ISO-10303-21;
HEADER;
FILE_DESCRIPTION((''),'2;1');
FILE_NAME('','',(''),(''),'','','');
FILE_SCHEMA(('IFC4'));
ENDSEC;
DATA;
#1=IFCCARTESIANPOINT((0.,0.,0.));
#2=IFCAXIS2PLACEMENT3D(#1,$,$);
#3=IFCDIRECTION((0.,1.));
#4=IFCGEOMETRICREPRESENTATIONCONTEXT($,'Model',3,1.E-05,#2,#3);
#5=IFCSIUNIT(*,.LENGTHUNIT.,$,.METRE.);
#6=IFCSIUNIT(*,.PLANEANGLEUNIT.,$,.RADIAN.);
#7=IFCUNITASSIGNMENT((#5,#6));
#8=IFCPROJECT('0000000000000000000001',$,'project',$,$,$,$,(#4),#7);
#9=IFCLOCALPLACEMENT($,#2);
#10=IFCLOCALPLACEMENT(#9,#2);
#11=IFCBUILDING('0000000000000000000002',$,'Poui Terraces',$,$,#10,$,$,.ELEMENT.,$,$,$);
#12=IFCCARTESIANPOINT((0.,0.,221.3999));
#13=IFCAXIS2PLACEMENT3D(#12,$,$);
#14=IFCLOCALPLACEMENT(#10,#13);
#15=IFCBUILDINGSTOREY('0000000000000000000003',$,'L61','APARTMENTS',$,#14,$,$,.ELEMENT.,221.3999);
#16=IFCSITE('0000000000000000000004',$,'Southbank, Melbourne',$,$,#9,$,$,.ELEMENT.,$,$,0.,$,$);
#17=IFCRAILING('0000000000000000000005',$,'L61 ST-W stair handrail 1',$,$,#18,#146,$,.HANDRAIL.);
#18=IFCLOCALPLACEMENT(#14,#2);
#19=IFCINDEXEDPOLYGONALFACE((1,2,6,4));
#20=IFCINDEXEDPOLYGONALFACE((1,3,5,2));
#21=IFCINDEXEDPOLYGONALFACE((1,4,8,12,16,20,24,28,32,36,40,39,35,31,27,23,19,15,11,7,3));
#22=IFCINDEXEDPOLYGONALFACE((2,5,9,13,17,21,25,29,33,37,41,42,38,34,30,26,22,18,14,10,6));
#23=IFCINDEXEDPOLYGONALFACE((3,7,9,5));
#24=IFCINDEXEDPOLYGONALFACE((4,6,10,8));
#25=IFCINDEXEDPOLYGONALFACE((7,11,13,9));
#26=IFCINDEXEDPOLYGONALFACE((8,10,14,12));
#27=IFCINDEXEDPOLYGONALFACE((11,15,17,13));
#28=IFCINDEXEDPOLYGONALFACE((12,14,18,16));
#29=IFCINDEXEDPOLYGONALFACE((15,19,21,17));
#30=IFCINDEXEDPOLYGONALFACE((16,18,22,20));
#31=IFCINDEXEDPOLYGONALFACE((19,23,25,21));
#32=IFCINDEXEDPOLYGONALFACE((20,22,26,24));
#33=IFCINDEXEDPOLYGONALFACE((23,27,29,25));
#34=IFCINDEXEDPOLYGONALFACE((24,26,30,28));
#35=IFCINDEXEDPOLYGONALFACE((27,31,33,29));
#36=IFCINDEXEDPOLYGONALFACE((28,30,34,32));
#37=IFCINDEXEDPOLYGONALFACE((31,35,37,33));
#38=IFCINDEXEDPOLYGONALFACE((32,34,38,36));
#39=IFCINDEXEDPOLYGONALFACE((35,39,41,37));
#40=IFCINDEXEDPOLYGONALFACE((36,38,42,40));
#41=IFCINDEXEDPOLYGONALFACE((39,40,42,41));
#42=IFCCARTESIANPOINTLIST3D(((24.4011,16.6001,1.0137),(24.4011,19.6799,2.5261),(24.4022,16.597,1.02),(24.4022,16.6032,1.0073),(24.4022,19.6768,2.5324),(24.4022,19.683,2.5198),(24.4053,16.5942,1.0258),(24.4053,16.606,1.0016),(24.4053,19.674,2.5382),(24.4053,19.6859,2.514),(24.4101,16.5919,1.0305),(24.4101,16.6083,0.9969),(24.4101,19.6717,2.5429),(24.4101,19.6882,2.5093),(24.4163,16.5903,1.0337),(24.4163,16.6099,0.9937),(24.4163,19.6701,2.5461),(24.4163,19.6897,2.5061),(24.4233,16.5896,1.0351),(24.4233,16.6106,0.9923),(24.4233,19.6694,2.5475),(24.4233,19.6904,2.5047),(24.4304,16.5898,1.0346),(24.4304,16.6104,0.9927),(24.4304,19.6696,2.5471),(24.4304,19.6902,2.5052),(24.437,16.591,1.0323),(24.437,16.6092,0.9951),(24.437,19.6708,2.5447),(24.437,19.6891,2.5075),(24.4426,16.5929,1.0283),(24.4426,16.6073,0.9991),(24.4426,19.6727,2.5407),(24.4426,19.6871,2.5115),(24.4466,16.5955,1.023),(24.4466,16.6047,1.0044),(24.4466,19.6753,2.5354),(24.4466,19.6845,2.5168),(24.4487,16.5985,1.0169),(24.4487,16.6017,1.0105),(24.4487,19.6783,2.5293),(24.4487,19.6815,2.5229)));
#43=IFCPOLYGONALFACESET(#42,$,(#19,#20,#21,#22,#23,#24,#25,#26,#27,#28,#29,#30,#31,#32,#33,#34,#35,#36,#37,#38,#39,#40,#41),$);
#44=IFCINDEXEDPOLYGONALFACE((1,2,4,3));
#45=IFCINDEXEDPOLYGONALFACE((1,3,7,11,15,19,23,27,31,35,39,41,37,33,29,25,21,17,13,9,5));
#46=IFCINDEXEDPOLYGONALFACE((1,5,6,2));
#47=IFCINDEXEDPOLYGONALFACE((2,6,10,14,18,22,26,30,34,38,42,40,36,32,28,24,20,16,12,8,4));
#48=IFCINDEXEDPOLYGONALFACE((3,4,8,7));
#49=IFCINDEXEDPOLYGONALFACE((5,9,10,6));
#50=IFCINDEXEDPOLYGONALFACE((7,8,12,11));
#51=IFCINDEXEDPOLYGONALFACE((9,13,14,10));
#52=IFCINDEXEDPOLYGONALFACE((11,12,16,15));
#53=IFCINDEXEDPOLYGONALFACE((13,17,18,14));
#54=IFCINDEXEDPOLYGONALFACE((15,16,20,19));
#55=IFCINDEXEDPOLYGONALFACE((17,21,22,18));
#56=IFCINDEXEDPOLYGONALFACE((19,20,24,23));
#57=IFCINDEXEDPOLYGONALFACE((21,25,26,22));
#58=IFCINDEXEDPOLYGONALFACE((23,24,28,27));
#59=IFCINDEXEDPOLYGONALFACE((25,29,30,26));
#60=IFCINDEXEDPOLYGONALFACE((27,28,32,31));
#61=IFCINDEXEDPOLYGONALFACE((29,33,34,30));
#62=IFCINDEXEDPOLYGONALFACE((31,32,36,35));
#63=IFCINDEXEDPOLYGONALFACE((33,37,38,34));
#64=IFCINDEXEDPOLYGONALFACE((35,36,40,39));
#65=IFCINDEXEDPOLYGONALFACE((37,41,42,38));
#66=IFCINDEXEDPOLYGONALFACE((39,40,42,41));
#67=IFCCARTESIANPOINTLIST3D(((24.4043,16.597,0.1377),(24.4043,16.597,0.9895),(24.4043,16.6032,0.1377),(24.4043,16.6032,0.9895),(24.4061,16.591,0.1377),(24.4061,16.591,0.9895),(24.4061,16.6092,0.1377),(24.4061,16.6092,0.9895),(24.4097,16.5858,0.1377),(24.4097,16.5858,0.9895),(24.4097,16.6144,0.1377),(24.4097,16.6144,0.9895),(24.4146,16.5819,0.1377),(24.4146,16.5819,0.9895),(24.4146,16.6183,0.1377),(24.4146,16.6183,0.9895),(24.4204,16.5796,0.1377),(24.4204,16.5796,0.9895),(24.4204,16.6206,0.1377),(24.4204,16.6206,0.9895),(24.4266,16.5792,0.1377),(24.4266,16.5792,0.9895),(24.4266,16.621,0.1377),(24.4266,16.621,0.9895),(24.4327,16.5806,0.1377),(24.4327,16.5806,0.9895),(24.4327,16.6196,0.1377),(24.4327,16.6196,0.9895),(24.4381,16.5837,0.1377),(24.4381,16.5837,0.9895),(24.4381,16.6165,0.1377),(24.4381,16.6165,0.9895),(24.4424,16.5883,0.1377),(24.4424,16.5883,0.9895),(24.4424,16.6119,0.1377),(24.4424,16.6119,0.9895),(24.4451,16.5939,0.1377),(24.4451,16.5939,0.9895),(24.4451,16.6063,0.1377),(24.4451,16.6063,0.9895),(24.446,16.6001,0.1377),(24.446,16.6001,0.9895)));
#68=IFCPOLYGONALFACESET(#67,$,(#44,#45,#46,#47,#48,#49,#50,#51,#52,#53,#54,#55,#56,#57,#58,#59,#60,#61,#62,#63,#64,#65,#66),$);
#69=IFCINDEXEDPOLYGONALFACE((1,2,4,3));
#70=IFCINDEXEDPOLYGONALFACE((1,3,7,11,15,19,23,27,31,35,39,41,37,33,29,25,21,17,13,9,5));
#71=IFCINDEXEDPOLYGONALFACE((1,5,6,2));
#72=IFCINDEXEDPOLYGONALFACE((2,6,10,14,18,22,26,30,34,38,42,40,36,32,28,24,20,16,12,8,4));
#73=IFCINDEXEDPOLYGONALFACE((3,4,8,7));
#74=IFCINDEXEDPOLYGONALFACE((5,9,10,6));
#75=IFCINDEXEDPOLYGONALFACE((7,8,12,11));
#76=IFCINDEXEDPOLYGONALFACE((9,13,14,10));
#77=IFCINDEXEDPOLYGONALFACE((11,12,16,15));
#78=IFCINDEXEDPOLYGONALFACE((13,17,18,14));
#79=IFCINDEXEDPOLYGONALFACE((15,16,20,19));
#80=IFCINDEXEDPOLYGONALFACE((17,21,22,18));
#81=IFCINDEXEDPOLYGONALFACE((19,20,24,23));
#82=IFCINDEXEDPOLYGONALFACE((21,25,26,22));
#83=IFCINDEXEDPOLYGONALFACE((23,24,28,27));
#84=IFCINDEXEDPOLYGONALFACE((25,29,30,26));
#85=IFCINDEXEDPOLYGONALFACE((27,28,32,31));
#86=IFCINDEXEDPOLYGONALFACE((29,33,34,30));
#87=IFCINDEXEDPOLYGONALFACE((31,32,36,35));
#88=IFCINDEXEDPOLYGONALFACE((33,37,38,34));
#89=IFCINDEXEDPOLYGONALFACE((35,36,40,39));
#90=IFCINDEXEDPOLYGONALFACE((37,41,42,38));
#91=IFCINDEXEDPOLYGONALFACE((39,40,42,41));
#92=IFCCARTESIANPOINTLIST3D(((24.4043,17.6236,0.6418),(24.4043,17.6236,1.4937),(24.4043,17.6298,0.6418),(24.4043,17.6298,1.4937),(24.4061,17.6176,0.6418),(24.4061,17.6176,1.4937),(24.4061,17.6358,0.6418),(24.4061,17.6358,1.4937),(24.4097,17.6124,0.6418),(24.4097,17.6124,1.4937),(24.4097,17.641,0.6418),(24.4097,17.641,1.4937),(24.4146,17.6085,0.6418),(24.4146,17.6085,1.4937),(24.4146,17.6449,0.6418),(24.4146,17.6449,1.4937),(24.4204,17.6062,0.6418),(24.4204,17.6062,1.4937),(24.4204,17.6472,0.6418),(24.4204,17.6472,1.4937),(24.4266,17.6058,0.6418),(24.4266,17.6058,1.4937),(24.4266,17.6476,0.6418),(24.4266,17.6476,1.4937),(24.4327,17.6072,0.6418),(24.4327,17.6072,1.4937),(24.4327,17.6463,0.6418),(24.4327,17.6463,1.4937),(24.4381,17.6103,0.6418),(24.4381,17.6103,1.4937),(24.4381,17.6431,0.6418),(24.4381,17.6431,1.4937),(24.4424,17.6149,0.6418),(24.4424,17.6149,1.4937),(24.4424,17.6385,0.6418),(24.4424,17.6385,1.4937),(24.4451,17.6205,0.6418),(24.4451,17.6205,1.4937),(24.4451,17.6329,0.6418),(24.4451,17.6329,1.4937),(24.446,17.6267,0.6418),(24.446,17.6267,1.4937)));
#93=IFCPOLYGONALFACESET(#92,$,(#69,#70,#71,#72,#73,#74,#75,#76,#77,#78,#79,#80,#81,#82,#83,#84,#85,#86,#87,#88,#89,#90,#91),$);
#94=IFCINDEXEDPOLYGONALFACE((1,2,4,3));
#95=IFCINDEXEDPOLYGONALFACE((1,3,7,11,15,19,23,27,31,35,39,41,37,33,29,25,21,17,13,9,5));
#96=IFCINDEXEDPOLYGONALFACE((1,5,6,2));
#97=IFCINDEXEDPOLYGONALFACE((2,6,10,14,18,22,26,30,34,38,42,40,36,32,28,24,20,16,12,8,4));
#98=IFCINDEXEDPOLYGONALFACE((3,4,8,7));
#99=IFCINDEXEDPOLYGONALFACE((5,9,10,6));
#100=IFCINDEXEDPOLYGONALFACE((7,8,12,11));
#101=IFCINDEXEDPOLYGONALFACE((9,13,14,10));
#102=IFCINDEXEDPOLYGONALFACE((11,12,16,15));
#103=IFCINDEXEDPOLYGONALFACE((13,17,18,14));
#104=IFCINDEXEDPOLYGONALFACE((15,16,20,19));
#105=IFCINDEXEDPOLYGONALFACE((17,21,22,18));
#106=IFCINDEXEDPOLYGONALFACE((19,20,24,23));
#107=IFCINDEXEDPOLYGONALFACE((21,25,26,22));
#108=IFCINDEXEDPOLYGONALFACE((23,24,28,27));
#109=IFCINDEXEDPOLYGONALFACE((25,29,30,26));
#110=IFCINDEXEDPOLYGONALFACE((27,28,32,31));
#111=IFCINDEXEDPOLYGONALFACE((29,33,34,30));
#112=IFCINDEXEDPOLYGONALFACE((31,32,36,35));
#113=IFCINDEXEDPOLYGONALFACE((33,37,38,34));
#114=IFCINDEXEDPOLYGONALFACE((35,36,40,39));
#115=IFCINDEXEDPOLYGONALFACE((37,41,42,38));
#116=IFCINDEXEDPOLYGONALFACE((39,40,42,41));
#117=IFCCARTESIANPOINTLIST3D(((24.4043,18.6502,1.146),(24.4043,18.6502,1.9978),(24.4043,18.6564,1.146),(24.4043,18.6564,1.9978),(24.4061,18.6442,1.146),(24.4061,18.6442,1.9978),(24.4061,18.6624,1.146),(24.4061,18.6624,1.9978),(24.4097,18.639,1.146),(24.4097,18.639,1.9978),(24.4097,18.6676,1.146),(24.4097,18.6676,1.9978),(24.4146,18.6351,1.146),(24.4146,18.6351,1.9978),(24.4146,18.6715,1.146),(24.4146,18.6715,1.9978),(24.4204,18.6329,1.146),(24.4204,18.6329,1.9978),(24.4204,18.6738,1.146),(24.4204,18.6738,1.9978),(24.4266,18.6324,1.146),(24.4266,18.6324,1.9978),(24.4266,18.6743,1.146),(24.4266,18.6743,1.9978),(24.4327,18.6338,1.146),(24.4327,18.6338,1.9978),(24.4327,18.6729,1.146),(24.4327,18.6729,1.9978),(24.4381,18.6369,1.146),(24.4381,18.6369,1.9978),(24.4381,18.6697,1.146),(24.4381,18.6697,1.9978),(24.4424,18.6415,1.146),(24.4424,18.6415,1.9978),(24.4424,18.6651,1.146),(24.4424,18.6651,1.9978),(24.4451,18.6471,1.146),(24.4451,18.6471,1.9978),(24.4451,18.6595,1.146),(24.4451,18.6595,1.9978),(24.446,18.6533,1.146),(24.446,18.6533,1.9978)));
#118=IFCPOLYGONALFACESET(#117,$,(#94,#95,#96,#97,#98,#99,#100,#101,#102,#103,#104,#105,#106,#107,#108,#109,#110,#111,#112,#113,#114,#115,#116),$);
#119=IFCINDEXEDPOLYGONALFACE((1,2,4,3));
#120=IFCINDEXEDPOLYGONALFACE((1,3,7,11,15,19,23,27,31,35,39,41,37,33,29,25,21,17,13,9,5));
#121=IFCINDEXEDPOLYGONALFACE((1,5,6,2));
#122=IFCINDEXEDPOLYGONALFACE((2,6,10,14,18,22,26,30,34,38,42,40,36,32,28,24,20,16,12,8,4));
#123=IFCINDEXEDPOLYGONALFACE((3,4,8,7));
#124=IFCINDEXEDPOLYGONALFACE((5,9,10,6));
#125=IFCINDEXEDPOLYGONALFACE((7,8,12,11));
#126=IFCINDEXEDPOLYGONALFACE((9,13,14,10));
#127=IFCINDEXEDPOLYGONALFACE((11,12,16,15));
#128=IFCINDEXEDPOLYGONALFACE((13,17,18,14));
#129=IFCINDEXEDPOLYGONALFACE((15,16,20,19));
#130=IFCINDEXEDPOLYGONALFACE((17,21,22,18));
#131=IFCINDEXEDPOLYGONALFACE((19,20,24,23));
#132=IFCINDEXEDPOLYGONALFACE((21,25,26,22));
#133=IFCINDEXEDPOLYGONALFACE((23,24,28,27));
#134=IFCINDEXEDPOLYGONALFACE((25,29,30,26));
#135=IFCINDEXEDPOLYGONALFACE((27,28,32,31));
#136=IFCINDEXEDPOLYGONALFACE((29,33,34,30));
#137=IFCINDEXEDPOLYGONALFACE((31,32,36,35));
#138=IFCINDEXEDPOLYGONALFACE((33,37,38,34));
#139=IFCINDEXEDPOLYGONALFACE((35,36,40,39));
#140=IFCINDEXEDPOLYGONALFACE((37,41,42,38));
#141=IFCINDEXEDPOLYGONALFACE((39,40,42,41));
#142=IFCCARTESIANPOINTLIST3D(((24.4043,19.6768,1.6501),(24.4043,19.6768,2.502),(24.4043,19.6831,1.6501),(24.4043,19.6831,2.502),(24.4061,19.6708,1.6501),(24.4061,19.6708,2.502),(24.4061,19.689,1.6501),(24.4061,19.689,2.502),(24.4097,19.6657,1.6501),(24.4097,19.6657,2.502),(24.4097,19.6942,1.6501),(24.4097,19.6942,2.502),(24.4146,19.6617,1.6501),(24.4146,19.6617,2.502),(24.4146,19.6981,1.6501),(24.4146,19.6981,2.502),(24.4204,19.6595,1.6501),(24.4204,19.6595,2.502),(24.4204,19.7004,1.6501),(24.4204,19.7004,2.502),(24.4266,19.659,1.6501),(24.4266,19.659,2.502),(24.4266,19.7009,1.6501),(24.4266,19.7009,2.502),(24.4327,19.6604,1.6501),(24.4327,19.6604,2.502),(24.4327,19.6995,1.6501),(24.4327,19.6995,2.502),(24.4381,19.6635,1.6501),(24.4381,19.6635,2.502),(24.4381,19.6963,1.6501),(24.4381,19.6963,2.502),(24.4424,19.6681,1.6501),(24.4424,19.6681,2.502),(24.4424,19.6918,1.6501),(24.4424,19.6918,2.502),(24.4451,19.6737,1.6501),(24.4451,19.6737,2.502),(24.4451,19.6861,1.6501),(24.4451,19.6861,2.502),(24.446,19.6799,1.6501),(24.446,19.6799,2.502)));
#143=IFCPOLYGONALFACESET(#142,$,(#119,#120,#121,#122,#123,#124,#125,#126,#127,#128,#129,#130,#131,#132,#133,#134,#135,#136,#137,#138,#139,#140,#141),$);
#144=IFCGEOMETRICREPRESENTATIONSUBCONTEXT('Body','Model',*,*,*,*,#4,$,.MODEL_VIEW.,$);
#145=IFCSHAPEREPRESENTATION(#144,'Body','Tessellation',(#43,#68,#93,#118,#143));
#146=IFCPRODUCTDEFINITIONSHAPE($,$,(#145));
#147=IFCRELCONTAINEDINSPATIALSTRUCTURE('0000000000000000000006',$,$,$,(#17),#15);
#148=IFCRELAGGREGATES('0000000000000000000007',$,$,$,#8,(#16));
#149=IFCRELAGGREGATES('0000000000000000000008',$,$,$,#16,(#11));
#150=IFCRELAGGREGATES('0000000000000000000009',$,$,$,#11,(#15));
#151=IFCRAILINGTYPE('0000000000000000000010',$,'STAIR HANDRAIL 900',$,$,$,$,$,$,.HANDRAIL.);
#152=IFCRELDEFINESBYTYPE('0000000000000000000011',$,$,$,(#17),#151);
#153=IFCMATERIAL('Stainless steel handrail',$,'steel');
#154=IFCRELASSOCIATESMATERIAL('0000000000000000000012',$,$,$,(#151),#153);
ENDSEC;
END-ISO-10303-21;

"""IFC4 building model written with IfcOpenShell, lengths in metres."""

from ifc_helpers import new_model, si_unit, direction, frame, origin, origin_2d, place, context, subcontext, project, spatial, circle, extrude, material, type_object, element, save


model = new_model("IFC4")

# Units and contexts
model_context = context("Model", 3, precision=1e-05, world=origin(), true_north=direction((0.0, 1.0)))
body_context = subcontext(model_context, "Body", "Model", "MODEL_VIEW")
ifc_project = project(units=[si_unit("LENGTHUNIT", "METRE"), si_unit("PLANEANGLEUNIT", "RADIAN")], contexts=[model_context])

# Site, building, storey
site_placement = place(None, origin())
site = spatial("IfcSite", under=ifc_project, at=site_placement, Name="Southbank, Melbourne", CompositionType="ELEMENT", RefElevation=0.0)
building_placement = place(site_placement, origin())
building = spatial("IfcBuilding", under=site, at=building_placement, Name="Poui Terraces", CompositionType="ELEMENT")
storey_placement = place(building_placement, frame((0.0, 0.0, 221.3999)))
storey = spatial("IfcBuildingStorey", under=building, at=storey_placement, Name="L61", Description="APARTMENTS", CompositionType="ELEMENT", Elevation=221.3999)

# Railing
ifc_material_1 = material(Name="Stainless steel handrail", Category="steel")
railing_type_1 = type_object("IfcRailingType", Name="STAIR HANDRAIL 900", PredefinedType="HANDRAIL", material=ifc_material_1)
railing_1_placement = place(storey_placement, frame((24.425, 16.6001, 0.1377)))
element("IfcRailing", 1, at=railing_1_placement, inside=storey, type_object=railing_type_1, Name="L61 ST-W stair handrail 1", PredefinedType="HANDRAIL", context=body_context, shape_type="SweptSolid", body=[
    extrude(circle(Radius=0.0239, at=origin_2d()), frame((0.0, 0.0, 0.876), z_axis=(0.0, 0.897606, 0.440798), x_axis=(-1.0, 0.0, 0.0)), (0.0, 0.0, 1.0), 3.4312),
    extrude(circle(Radius=0.021, at=origin_2d()), origin(), (0.0, 0.0, 1.0), 0.8518),
    extrude(circle(Radius=0.021, at=origin_2d()), frame((0.0, 1.0266, 0.5042)), (0.0, 0.0, 1.0), 0.8518),
    extrude(circle(Radius=0.021, at=origin_2d()), frame((0.0, 2.0532, 1.0083)), (0.0, 0.0, 1.0), 0.8518),
    extrude(circle(Radius=0.021, at=origin_2d()), frame((0.0, 3.0798, 1.5125)), (0.0, 0.0, 1.0), 0.8518),
])

save(model, "model.ifc")
